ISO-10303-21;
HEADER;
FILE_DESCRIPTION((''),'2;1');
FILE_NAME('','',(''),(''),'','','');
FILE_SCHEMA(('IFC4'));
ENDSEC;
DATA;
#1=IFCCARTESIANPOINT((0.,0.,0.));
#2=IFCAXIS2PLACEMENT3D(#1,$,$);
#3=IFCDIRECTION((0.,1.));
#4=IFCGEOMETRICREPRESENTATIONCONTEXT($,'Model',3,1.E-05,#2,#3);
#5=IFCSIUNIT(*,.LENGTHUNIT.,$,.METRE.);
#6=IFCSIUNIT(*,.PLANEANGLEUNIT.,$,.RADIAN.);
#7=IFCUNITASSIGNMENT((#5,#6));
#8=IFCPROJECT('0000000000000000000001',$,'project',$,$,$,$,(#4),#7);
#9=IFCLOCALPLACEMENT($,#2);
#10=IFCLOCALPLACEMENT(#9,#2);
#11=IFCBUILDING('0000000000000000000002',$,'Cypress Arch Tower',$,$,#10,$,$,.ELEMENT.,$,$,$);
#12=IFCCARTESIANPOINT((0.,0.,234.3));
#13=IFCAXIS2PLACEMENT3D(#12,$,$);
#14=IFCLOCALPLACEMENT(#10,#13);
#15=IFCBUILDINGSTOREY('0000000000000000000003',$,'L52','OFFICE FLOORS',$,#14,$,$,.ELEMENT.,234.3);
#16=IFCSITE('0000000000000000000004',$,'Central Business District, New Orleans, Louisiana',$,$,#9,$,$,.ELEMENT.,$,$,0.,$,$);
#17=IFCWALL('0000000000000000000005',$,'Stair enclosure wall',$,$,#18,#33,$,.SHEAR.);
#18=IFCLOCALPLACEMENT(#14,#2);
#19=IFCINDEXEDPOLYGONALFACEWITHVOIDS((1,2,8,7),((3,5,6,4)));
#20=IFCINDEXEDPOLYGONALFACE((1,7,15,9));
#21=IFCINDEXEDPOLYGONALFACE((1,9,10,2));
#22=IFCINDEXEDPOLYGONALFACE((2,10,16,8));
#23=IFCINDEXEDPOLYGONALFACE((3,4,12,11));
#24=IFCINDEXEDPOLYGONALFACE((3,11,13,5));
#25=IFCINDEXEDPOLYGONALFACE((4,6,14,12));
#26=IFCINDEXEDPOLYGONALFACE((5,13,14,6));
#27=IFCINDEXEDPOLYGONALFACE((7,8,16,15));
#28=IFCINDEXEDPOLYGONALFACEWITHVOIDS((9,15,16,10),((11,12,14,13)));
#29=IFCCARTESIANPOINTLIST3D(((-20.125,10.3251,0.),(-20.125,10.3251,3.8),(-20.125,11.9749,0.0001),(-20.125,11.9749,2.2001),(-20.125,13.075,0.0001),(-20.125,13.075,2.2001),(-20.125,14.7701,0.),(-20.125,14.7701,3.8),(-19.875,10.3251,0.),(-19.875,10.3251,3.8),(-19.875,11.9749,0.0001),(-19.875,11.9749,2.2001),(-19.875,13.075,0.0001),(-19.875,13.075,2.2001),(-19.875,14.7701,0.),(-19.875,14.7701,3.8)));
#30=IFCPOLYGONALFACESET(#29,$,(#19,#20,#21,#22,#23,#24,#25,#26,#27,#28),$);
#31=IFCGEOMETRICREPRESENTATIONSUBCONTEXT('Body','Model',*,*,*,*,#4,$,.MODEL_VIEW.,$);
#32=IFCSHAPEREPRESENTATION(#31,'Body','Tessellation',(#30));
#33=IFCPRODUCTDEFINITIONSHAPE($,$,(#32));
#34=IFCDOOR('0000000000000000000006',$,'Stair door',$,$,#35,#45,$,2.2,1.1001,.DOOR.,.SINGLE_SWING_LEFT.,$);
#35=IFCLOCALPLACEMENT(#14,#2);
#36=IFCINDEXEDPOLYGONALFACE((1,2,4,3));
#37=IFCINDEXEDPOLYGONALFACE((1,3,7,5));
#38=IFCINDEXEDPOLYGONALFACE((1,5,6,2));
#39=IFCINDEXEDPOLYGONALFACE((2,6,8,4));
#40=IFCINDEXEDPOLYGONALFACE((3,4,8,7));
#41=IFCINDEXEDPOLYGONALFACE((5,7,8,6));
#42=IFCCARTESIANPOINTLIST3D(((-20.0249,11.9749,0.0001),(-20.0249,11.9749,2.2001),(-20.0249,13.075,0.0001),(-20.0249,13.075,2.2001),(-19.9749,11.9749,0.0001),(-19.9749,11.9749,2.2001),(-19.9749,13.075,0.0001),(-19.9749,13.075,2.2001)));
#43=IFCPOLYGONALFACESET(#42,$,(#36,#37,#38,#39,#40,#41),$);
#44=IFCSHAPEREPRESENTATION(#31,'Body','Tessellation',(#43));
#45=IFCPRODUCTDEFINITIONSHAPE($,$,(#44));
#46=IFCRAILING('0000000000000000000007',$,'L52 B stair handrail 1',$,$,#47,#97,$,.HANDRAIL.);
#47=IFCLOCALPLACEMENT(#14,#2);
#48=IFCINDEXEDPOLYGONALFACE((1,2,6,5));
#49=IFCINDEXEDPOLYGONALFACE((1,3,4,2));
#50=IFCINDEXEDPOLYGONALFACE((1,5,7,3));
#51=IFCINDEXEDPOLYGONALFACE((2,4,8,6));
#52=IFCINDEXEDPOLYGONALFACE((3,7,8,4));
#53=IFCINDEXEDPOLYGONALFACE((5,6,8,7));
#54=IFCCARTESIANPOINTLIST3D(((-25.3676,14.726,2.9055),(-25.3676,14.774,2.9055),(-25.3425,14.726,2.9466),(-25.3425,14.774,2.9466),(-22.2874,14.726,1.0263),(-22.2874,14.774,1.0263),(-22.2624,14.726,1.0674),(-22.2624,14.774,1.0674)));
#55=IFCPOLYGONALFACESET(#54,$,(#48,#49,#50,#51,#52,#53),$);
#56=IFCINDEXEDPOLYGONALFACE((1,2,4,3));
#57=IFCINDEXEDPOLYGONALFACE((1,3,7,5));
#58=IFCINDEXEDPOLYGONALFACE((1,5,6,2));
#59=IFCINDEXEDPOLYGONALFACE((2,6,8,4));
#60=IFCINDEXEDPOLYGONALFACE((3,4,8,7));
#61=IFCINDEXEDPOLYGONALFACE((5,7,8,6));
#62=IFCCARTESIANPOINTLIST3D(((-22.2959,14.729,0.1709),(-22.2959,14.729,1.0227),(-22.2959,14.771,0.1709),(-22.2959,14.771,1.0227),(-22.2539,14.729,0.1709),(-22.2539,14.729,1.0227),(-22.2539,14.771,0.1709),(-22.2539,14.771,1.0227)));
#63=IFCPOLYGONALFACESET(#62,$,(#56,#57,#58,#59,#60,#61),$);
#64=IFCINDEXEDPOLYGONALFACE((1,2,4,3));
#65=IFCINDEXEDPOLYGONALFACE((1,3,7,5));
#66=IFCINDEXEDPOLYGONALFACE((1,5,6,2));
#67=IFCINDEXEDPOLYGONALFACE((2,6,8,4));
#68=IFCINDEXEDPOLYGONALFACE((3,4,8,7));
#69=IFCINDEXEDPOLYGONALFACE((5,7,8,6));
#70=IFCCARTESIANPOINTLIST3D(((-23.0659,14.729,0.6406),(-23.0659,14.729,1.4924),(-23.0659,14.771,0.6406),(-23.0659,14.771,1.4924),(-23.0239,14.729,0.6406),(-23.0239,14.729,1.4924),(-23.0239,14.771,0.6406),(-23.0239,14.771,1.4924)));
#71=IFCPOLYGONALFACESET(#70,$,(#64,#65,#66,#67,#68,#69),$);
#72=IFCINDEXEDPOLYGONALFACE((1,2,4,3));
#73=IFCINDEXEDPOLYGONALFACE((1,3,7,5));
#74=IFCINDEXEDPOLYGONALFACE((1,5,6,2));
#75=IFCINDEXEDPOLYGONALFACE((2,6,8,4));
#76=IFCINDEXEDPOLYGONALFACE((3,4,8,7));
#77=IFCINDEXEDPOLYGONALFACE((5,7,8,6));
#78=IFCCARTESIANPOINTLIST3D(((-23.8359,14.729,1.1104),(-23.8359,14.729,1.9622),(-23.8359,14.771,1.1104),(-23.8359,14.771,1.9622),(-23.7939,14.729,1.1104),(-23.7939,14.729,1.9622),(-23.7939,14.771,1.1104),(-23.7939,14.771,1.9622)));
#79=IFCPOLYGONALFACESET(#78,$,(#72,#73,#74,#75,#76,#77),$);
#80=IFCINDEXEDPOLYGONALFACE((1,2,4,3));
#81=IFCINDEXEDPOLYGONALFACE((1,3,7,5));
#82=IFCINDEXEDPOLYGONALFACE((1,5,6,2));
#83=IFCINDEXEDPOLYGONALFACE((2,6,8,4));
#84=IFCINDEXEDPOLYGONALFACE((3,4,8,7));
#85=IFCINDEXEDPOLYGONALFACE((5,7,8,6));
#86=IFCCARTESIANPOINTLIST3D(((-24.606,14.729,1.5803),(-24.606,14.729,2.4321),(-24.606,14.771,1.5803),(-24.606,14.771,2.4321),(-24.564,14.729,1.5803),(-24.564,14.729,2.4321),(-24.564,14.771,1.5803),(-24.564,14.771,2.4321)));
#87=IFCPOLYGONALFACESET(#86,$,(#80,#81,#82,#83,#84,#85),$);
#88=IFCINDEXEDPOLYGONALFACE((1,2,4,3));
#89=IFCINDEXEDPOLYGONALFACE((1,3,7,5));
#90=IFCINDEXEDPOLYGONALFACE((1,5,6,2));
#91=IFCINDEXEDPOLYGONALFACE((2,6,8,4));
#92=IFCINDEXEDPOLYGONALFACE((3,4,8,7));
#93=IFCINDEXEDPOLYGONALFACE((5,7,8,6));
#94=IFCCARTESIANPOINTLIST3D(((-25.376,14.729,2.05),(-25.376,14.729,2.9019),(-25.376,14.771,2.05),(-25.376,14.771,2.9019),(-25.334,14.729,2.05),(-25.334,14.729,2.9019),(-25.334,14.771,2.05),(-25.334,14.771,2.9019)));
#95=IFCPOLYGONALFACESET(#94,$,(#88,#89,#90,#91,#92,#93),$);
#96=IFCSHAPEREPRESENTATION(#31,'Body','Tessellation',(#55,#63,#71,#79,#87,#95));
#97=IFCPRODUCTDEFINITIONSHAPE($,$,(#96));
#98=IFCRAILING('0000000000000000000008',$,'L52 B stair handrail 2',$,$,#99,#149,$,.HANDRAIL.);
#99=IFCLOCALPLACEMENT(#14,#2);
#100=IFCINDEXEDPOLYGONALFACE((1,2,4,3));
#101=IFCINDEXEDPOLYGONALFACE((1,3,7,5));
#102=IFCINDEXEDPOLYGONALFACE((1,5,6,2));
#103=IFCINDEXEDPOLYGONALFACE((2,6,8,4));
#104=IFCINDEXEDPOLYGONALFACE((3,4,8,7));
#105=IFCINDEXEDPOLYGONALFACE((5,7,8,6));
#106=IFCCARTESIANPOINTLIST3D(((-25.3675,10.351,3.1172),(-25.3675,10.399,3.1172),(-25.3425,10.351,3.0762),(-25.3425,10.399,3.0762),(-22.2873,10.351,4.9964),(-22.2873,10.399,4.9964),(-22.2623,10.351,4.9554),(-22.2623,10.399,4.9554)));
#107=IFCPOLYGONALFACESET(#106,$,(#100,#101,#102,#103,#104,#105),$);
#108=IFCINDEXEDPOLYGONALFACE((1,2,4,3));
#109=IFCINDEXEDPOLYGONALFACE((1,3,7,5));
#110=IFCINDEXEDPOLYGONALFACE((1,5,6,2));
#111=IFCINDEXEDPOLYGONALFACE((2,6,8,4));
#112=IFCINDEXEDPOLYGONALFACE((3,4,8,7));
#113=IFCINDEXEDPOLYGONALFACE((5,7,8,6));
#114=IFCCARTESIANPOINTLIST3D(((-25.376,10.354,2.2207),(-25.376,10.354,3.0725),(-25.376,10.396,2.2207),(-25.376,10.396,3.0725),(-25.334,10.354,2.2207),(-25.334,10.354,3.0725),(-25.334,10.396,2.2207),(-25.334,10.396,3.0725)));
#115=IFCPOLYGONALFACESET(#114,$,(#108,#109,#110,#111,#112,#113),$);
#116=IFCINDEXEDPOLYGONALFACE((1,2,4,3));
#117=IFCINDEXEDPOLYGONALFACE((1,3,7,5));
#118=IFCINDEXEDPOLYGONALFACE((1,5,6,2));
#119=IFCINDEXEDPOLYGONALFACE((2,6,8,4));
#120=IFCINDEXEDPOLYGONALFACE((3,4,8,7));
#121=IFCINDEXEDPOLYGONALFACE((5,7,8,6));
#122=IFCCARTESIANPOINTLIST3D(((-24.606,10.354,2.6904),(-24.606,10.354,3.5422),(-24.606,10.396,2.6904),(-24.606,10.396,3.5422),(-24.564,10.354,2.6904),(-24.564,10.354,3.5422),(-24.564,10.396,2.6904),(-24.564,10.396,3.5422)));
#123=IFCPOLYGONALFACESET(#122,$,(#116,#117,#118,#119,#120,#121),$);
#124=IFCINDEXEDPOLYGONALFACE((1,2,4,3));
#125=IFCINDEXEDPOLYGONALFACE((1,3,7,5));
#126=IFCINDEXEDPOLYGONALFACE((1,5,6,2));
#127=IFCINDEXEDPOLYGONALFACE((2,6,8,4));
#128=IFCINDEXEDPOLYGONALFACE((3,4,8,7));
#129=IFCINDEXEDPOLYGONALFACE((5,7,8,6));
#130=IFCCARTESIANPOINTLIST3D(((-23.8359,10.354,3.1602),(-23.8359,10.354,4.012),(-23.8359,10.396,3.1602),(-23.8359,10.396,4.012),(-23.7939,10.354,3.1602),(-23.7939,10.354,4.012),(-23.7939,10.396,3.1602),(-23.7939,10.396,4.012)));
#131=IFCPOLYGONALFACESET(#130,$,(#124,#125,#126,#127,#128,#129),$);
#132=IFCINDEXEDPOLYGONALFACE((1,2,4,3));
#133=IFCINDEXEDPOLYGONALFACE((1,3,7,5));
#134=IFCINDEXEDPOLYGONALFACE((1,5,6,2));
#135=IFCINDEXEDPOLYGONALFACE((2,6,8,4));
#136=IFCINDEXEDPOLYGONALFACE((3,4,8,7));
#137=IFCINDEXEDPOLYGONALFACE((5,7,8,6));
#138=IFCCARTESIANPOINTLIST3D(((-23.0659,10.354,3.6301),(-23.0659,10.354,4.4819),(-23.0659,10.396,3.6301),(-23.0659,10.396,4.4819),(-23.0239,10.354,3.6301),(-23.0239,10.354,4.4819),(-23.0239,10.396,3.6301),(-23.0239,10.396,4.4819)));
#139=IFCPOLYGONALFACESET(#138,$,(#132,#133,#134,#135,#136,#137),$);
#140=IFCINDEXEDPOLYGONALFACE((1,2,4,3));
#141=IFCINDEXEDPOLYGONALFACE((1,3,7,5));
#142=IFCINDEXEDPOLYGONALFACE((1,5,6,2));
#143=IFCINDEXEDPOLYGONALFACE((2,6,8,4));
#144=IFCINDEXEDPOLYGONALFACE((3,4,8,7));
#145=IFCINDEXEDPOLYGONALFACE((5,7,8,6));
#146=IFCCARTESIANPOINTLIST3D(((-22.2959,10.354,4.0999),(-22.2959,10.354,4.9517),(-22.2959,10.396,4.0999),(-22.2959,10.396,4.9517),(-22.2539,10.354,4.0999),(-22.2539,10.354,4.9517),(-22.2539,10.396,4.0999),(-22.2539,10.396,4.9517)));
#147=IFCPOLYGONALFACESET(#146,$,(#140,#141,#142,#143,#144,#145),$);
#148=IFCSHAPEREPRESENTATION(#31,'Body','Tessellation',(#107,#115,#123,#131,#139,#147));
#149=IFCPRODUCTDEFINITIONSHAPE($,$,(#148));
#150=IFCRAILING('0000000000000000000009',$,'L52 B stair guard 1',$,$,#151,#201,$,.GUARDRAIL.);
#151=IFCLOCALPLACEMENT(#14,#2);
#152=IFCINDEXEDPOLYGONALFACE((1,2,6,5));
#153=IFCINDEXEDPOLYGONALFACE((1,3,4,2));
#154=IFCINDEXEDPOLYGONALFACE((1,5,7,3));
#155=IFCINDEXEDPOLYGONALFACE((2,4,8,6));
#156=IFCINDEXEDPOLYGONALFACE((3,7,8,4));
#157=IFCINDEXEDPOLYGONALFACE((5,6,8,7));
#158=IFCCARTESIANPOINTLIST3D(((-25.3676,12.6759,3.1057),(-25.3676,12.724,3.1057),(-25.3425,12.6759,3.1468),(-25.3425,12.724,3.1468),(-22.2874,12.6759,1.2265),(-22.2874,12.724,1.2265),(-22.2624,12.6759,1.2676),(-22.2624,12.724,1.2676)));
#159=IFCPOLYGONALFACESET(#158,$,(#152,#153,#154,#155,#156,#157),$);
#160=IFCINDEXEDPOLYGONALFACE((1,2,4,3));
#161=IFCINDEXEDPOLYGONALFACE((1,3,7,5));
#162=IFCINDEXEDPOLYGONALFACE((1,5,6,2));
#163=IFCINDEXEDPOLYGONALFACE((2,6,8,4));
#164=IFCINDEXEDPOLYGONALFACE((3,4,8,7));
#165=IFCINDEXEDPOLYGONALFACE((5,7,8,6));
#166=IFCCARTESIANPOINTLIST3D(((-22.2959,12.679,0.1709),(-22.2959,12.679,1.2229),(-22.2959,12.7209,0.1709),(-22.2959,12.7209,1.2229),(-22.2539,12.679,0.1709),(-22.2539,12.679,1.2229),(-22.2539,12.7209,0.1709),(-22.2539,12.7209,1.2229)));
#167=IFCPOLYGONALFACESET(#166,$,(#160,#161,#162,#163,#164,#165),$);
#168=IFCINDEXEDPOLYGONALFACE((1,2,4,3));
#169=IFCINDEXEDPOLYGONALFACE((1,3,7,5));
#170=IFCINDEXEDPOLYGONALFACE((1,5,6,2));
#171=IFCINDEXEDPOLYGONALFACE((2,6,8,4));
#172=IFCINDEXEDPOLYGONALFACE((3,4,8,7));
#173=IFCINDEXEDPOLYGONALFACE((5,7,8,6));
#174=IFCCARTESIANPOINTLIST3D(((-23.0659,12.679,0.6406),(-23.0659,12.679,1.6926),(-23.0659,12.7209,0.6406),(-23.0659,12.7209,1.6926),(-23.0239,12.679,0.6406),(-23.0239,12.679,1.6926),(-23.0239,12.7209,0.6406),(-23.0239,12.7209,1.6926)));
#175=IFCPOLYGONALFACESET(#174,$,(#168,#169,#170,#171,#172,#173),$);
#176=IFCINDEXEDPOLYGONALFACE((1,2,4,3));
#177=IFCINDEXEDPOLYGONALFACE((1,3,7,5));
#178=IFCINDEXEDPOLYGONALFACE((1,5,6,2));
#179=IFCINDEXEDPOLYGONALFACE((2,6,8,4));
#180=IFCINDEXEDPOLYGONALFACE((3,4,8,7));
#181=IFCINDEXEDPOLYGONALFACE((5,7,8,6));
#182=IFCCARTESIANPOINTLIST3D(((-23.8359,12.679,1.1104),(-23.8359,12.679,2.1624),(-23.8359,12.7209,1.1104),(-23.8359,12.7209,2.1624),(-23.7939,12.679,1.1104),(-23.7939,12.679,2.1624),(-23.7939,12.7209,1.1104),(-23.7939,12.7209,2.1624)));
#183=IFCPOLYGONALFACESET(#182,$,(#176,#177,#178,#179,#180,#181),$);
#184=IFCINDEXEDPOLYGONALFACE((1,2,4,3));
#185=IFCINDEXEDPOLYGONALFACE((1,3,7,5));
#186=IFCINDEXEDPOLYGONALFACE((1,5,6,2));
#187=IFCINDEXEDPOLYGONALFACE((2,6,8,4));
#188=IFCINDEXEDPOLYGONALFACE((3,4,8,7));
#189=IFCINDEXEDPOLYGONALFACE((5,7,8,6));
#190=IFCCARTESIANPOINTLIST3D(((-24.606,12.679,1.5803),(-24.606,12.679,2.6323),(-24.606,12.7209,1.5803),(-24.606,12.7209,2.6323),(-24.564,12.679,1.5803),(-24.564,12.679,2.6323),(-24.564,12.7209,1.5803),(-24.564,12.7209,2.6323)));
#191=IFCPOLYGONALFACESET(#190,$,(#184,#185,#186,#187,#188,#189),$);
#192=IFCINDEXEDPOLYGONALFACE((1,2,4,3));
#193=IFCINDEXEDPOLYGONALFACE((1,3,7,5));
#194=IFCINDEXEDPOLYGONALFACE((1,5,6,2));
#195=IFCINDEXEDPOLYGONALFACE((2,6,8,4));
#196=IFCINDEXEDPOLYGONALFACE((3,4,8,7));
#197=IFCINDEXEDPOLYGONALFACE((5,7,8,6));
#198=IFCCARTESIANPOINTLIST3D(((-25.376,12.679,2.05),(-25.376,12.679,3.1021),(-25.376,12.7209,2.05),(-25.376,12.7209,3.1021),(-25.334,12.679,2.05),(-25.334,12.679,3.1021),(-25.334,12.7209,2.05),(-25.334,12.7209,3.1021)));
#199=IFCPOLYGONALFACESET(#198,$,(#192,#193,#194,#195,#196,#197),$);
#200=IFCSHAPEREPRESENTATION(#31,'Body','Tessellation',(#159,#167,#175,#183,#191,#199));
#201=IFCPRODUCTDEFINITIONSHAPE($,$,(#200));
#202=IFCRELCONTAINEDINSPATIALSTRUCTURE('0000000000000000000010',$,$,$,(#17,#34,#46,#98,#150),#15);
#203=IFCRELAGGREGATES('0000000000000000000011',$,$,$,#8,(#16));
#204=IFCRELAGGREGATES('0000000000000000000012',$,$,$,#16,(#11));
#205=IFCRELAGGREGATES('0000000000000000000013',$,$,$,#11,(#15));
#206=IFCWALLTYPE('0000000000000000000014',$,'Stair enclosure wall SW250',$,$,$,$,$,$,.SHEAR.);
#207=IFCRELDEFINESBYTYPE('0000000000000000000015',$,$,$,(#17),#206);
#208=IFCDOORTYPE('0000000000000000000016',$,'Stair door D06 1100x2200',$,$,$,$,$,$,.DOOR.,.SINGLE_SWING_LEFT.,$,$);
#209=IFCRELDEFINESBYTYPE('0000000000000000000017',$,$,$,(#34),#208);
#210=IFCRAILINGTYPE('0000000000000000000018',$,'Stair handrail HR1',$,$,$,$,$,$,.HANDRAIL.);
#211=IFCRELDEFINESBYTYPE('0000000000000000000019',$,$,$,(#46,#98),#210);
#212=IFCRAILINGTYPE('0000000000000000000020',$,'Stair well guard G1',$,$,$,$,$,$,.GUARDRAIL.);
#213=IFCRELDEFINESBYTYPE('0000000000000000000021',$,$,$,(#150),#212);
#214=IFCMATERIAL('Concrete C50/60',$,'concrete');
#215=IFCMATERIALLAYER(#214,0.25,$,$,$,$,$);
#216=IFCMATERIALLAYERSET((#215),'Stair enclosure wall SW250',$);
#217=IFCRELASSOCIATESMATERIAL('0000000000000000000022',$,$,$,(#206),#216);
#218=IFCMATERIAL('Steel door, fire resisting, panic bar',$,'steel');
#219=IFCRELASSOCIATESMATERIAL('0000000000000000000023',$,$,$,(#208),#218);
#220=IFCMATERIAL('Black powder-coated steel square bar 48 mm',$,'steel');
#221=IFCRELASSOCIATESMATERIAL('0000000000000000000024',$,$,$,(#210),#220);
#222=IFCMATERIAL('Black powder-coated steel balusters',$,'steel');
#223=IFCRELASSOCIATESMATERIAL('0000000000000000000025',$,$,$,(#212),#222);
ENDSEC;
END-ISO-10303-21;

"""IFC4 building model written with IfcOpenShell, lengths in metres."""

from ifc_helpers import new_model, si_unit, direction, frame, frame_2d, origin, origin_2d, place, context, subcontext, project, spatial, rectangle, extrude, material, layer, layer_set, type_object, element, fill, save


model = new_model("IFC4")

# Units and contexts
model_context = context("Model", 3, precision=1e-05, world=origin(), true_north=direction((0.0, 1.0)))
body_context = subcontext(model_context, "Body", "Model", "MODEL_VIEW")
ifc_project = project(units=[si_unit("LENGTHUNIT", "METRE"), si_unit("PLANEANGLEUNIT", "RADIAN")], contexts=[model_context])

# Site, building, storey
site_placement = place(None, origin())
site = spatial("IfcSite", under=ifc_project, at=site_placement, Name="Central Business District, New Orleans, Louisiana", CompositionType="ELEMENT", RefElevation=0.0)
building_placement = place(site_placement, origin())
building = spatial("IfcBuilding", under=site, at=building_placement, Name="Cypress Arch Tower", CompositionType="ELEMENT")
storey_placement = place(building_placement, frame((0.0, 0.0, 234.3)))
storey = spatial("IfcBuildingStorey", under=building, at=storey_placement, Name="L52", Description="OFFICE FLOORS", CompositionType="ELEMENT", Elevation=234.3)

# Wall, opening, door
ifc_material_1 = material(Name="Concrete C50/60", Category="concrete")
ifc_layer_1 = layer(ifc_material_1, 0.25)
ifc_layer_set_1 = layer_set([ifc_layer_1], Name="Stair enclosure wall SW250")
wall_type_1 = type_object("IfcWallType", Name="Stair enclosure wall SW250", PredefinedType="SHEAR", material=ifc_layer_set_1)
wall_1_placement = place(storey_placement, frame((-20.0, 10.325, 0.0), z_axis=(0.0, 0.0, 1.0), x_axis=(0.0, 1.0, 0.0)))
wall_1 = element("IfcWall", 1, at=wall_1_placement, inside=storey, type_object=wall_type_1, Name="Stair enclosure wall", PredefinedType="SHEAR", context=body_context, shape_type="SweptSolid", body=[
    extrude(rectangle(XDim=4.4451, YDim=0.25, at=frame_2d((2.2227, 0.0))), origin(), (0.0, 0.0, 1.0), 3.8),
])
opening_1_placement = place(wall_1_placement, frame((1.6499, 0.0, 0.0)))
opening_1 = element("IfcOpeningElement", 2, at=opening_1_placement, cuts=wall_1, PredefinedType="OPENING", context=body_context, shape_type="SweptSolid", body=[
    extrude(rectangle(XDim=1.1001, YDim=2.2, at=frame_2d((0.55, 1.1001))), frame((0.0, 0.135, 0.0), z_axis=(0.0, -1.0, 0.0), x_axis=(1.0, 0.0, 0.0)), (0.0, 0.0, 1.0), 0.27),
])
ifc_material_2 = material(Name="Steel door, fire resisting, panic bar", Category="steel")
door_type_1 = type_object("IfcDoorType", Name="Stair door D06 1100x2200", OperationType="SINGLE_SWING_LEFT", PredefinedType="DOOR", material=ifc_material_2)
door_1_placement = place(opening_1_placement, origin())
door_1 = element("IfcDoor", 3, at=door_1_placement, inside=storey, type_object=door_type_1, Name="Stair door", OperationType="SINGLE_SWING_LEFT", OverallHeight=2.2, OverallWidth=1.1001, PredefinedType="DOOR", context=body_context, shape_type="SweptSolid", body=[
    extrude(rectangle(XDim=1.1001, YDim=2.2, at=frame_2d((0.55, 1.1001))), frame((0.0, 0.0249, 0.0), z_axis=(0.0, -1.0, 0.0), x_axis=(1.0, 0.0, 0.0)), (0.0, 0.0, 1.0), 0.05),
])
fill(opening_1, door_1)

# Railings
ifc_material_3 = material(Name="Black powder-coated steel square bar 48 mm", Category="steel")
railing_type_1 = type_object("IfcRailingType", Name="Stair handrail HR1", PredefinedType="HANDRAIL", material=ifc_material_3)
railing_1_placement = place(storey_placement, frame((-22.2749, 14.75, 0.1709)))
element("IfcRailing", 4, at=railing_1_placement, inside=storey, type_object=railing_type_1, Name="L52 B stair handrail 1", PredefinedType="HANDRAIL", context=body_context, shape_type="SweptSolid", body=[
    extrude(rectangle(XDim=0.0481, YDim=0.0481, at=origin_2d()), frame((0.0, 0.0, 0.876), z_axis=(-0.853666, 0.0, 0.52082), x_axis=(0.0, -1.0, 0.0)), (0.0, 0.0, 1.0), 3.6082),
    extrude(rectangle(XDim=0.042, YDim=0.042, at=origin_2d()), origin(), (0.0, 0.0, 1.0), 0.8518),
    extrude(rectangle(XDim=0.042, YDim=0.042, at=origin_2d()), frame((-0.77, 0.0, 0.4697)), (0.0, 0.0, 1.0), 0.8518),
    extrude(rectangle(XDim=0.042, YDim=0.042, at=origin_2d()), frame((-1.54, 0.0, 0.9395)), (0.0, 0.0, 1.0), 0.8518),
    extrude(rectangle(XDim=0.042, YDim=0.042, at=origin_2d()), frame((-2.3101, 0.0, 1.4094)), (0.0, 0.0, 1.0), 0.8518),
    extrude(rectangle(XDim=0.042, YDim=0.042, at=origin_2d()), frame((-3.0801, 0.0, 1.8792)), (0.0, 0.0, 1.0), 0.8518),
])
railing_2_placement = place(storey_placement, frame((-25.355, 10.375, 2.2207)))
element("IfcRailing", 5, at=railing_2_placement, inside=storey, type_object=railing_type_1, Name="L52 B stair handrail 2", PredefinedType="HANDRAIL", context=body_context, shape_type="SweptSolid", body=[
    extrude(rectangle(XDim=0.0481, YDim=0.0481, at=origin_2d()), frame((0.0, 0.0, 0.876), z_axis=(0.853666, 0.0, 0.52082), x_axis=(0.0, 1.0, 0.0)), (0.0, 0.0, 1.0), 3.6082),
    extrude(rectangle(XDim=0.042, YDim=0.042, at=origin_2d()), origin(), (0.0, 0.0, 1.0), 0.8518),
    extrude(rectangle(XDim=0.042, YDim=0.042, at=origin_2d()), frame((0.77, 0.0, 0.4697)), (0.0, 0.0, 1.0), 0.8518),
    extrude(rectangle(XDim=0.042, YDim=0.042, at=origin_2d()), frame((1.54, 0.0, 0.9395)), (0.0, 0.0, 1.0), 0.8518),
    extrude(rectangle(XDim=0.042, YDim=0.042, at=origin_2d()), frame((2.3101, 0.0, 1.4094)), (0.0, 0.0, 1.0), 0.8518),
    extrude(rectangle(XDim=0.042, YDim=0.042, at=origin_2d()), frame((3.0801, 0.0, 1.8792)), (0.0, 0.0, 1.0), 0.8518),
])
ifc_material_4 = material(Name="Black powder-coated steel balusters", Category="steel")
railing_type_2 = type_object("IfcRailingType", Name="Stair well guard G1", PredefinedType="GUARDRAIL", material=ifc_material_4)
railing_3_placement = place(storey_placement, frame((-22.2749, 12.7, 0.1709)))
element("IfcRailing", 6, at=railing_3_placement, inside=storey, type_object=railing_type_2, Name="L52 B stair guard 1", PredefinedType="GUARDRAIL", context=body_context, shape_type="SweptSolid", body=[
    extrude(rectangle(XDim=0.0481, YDim=0.0481, at=origin_2d()), frame((0.0, 0.0, 1.0762), z_axis=(-0.853666, 0.0, 0.52082), x_axis=(0.0, -1.0, 0.0)), (0.0, 0.0, 1.0), 3.6082),
    extrude(rectangle(XDim=0.042, YDim=0.042, at=origin_2d()), origin(), (0.0, 0.0, 1.0), 1.052),
    extrude(rectangle(XDim=0.042, YDim=0.042, at=origin_2d()), frame((-0.77, 0.0, 0.4697)), (0.0, 0.0, 1.0), 1.052),
    extrude(rectangle(XDim=0.042, YDim=0.042, at=origin_2d()), frame((-1.54, 0.0, 0.9395)), (0.0, 0.0, 1.0), 1.052),
    extrude(rectangle(XDim=0.042, YDim=0.042, at=origin_2d()), frame((-2.3101, 0.0, 1.4094)), (0.0, 0.0, 1.0), 1.052),
    extrude(rectangle(XDim=0.042, YDim=0.042, at=origin_2d()), frame((-3.0801, 0.0, 1.8792)), (0.0, 0.0, 1.0), 1.052),
])

save(model, "model.ifc")
